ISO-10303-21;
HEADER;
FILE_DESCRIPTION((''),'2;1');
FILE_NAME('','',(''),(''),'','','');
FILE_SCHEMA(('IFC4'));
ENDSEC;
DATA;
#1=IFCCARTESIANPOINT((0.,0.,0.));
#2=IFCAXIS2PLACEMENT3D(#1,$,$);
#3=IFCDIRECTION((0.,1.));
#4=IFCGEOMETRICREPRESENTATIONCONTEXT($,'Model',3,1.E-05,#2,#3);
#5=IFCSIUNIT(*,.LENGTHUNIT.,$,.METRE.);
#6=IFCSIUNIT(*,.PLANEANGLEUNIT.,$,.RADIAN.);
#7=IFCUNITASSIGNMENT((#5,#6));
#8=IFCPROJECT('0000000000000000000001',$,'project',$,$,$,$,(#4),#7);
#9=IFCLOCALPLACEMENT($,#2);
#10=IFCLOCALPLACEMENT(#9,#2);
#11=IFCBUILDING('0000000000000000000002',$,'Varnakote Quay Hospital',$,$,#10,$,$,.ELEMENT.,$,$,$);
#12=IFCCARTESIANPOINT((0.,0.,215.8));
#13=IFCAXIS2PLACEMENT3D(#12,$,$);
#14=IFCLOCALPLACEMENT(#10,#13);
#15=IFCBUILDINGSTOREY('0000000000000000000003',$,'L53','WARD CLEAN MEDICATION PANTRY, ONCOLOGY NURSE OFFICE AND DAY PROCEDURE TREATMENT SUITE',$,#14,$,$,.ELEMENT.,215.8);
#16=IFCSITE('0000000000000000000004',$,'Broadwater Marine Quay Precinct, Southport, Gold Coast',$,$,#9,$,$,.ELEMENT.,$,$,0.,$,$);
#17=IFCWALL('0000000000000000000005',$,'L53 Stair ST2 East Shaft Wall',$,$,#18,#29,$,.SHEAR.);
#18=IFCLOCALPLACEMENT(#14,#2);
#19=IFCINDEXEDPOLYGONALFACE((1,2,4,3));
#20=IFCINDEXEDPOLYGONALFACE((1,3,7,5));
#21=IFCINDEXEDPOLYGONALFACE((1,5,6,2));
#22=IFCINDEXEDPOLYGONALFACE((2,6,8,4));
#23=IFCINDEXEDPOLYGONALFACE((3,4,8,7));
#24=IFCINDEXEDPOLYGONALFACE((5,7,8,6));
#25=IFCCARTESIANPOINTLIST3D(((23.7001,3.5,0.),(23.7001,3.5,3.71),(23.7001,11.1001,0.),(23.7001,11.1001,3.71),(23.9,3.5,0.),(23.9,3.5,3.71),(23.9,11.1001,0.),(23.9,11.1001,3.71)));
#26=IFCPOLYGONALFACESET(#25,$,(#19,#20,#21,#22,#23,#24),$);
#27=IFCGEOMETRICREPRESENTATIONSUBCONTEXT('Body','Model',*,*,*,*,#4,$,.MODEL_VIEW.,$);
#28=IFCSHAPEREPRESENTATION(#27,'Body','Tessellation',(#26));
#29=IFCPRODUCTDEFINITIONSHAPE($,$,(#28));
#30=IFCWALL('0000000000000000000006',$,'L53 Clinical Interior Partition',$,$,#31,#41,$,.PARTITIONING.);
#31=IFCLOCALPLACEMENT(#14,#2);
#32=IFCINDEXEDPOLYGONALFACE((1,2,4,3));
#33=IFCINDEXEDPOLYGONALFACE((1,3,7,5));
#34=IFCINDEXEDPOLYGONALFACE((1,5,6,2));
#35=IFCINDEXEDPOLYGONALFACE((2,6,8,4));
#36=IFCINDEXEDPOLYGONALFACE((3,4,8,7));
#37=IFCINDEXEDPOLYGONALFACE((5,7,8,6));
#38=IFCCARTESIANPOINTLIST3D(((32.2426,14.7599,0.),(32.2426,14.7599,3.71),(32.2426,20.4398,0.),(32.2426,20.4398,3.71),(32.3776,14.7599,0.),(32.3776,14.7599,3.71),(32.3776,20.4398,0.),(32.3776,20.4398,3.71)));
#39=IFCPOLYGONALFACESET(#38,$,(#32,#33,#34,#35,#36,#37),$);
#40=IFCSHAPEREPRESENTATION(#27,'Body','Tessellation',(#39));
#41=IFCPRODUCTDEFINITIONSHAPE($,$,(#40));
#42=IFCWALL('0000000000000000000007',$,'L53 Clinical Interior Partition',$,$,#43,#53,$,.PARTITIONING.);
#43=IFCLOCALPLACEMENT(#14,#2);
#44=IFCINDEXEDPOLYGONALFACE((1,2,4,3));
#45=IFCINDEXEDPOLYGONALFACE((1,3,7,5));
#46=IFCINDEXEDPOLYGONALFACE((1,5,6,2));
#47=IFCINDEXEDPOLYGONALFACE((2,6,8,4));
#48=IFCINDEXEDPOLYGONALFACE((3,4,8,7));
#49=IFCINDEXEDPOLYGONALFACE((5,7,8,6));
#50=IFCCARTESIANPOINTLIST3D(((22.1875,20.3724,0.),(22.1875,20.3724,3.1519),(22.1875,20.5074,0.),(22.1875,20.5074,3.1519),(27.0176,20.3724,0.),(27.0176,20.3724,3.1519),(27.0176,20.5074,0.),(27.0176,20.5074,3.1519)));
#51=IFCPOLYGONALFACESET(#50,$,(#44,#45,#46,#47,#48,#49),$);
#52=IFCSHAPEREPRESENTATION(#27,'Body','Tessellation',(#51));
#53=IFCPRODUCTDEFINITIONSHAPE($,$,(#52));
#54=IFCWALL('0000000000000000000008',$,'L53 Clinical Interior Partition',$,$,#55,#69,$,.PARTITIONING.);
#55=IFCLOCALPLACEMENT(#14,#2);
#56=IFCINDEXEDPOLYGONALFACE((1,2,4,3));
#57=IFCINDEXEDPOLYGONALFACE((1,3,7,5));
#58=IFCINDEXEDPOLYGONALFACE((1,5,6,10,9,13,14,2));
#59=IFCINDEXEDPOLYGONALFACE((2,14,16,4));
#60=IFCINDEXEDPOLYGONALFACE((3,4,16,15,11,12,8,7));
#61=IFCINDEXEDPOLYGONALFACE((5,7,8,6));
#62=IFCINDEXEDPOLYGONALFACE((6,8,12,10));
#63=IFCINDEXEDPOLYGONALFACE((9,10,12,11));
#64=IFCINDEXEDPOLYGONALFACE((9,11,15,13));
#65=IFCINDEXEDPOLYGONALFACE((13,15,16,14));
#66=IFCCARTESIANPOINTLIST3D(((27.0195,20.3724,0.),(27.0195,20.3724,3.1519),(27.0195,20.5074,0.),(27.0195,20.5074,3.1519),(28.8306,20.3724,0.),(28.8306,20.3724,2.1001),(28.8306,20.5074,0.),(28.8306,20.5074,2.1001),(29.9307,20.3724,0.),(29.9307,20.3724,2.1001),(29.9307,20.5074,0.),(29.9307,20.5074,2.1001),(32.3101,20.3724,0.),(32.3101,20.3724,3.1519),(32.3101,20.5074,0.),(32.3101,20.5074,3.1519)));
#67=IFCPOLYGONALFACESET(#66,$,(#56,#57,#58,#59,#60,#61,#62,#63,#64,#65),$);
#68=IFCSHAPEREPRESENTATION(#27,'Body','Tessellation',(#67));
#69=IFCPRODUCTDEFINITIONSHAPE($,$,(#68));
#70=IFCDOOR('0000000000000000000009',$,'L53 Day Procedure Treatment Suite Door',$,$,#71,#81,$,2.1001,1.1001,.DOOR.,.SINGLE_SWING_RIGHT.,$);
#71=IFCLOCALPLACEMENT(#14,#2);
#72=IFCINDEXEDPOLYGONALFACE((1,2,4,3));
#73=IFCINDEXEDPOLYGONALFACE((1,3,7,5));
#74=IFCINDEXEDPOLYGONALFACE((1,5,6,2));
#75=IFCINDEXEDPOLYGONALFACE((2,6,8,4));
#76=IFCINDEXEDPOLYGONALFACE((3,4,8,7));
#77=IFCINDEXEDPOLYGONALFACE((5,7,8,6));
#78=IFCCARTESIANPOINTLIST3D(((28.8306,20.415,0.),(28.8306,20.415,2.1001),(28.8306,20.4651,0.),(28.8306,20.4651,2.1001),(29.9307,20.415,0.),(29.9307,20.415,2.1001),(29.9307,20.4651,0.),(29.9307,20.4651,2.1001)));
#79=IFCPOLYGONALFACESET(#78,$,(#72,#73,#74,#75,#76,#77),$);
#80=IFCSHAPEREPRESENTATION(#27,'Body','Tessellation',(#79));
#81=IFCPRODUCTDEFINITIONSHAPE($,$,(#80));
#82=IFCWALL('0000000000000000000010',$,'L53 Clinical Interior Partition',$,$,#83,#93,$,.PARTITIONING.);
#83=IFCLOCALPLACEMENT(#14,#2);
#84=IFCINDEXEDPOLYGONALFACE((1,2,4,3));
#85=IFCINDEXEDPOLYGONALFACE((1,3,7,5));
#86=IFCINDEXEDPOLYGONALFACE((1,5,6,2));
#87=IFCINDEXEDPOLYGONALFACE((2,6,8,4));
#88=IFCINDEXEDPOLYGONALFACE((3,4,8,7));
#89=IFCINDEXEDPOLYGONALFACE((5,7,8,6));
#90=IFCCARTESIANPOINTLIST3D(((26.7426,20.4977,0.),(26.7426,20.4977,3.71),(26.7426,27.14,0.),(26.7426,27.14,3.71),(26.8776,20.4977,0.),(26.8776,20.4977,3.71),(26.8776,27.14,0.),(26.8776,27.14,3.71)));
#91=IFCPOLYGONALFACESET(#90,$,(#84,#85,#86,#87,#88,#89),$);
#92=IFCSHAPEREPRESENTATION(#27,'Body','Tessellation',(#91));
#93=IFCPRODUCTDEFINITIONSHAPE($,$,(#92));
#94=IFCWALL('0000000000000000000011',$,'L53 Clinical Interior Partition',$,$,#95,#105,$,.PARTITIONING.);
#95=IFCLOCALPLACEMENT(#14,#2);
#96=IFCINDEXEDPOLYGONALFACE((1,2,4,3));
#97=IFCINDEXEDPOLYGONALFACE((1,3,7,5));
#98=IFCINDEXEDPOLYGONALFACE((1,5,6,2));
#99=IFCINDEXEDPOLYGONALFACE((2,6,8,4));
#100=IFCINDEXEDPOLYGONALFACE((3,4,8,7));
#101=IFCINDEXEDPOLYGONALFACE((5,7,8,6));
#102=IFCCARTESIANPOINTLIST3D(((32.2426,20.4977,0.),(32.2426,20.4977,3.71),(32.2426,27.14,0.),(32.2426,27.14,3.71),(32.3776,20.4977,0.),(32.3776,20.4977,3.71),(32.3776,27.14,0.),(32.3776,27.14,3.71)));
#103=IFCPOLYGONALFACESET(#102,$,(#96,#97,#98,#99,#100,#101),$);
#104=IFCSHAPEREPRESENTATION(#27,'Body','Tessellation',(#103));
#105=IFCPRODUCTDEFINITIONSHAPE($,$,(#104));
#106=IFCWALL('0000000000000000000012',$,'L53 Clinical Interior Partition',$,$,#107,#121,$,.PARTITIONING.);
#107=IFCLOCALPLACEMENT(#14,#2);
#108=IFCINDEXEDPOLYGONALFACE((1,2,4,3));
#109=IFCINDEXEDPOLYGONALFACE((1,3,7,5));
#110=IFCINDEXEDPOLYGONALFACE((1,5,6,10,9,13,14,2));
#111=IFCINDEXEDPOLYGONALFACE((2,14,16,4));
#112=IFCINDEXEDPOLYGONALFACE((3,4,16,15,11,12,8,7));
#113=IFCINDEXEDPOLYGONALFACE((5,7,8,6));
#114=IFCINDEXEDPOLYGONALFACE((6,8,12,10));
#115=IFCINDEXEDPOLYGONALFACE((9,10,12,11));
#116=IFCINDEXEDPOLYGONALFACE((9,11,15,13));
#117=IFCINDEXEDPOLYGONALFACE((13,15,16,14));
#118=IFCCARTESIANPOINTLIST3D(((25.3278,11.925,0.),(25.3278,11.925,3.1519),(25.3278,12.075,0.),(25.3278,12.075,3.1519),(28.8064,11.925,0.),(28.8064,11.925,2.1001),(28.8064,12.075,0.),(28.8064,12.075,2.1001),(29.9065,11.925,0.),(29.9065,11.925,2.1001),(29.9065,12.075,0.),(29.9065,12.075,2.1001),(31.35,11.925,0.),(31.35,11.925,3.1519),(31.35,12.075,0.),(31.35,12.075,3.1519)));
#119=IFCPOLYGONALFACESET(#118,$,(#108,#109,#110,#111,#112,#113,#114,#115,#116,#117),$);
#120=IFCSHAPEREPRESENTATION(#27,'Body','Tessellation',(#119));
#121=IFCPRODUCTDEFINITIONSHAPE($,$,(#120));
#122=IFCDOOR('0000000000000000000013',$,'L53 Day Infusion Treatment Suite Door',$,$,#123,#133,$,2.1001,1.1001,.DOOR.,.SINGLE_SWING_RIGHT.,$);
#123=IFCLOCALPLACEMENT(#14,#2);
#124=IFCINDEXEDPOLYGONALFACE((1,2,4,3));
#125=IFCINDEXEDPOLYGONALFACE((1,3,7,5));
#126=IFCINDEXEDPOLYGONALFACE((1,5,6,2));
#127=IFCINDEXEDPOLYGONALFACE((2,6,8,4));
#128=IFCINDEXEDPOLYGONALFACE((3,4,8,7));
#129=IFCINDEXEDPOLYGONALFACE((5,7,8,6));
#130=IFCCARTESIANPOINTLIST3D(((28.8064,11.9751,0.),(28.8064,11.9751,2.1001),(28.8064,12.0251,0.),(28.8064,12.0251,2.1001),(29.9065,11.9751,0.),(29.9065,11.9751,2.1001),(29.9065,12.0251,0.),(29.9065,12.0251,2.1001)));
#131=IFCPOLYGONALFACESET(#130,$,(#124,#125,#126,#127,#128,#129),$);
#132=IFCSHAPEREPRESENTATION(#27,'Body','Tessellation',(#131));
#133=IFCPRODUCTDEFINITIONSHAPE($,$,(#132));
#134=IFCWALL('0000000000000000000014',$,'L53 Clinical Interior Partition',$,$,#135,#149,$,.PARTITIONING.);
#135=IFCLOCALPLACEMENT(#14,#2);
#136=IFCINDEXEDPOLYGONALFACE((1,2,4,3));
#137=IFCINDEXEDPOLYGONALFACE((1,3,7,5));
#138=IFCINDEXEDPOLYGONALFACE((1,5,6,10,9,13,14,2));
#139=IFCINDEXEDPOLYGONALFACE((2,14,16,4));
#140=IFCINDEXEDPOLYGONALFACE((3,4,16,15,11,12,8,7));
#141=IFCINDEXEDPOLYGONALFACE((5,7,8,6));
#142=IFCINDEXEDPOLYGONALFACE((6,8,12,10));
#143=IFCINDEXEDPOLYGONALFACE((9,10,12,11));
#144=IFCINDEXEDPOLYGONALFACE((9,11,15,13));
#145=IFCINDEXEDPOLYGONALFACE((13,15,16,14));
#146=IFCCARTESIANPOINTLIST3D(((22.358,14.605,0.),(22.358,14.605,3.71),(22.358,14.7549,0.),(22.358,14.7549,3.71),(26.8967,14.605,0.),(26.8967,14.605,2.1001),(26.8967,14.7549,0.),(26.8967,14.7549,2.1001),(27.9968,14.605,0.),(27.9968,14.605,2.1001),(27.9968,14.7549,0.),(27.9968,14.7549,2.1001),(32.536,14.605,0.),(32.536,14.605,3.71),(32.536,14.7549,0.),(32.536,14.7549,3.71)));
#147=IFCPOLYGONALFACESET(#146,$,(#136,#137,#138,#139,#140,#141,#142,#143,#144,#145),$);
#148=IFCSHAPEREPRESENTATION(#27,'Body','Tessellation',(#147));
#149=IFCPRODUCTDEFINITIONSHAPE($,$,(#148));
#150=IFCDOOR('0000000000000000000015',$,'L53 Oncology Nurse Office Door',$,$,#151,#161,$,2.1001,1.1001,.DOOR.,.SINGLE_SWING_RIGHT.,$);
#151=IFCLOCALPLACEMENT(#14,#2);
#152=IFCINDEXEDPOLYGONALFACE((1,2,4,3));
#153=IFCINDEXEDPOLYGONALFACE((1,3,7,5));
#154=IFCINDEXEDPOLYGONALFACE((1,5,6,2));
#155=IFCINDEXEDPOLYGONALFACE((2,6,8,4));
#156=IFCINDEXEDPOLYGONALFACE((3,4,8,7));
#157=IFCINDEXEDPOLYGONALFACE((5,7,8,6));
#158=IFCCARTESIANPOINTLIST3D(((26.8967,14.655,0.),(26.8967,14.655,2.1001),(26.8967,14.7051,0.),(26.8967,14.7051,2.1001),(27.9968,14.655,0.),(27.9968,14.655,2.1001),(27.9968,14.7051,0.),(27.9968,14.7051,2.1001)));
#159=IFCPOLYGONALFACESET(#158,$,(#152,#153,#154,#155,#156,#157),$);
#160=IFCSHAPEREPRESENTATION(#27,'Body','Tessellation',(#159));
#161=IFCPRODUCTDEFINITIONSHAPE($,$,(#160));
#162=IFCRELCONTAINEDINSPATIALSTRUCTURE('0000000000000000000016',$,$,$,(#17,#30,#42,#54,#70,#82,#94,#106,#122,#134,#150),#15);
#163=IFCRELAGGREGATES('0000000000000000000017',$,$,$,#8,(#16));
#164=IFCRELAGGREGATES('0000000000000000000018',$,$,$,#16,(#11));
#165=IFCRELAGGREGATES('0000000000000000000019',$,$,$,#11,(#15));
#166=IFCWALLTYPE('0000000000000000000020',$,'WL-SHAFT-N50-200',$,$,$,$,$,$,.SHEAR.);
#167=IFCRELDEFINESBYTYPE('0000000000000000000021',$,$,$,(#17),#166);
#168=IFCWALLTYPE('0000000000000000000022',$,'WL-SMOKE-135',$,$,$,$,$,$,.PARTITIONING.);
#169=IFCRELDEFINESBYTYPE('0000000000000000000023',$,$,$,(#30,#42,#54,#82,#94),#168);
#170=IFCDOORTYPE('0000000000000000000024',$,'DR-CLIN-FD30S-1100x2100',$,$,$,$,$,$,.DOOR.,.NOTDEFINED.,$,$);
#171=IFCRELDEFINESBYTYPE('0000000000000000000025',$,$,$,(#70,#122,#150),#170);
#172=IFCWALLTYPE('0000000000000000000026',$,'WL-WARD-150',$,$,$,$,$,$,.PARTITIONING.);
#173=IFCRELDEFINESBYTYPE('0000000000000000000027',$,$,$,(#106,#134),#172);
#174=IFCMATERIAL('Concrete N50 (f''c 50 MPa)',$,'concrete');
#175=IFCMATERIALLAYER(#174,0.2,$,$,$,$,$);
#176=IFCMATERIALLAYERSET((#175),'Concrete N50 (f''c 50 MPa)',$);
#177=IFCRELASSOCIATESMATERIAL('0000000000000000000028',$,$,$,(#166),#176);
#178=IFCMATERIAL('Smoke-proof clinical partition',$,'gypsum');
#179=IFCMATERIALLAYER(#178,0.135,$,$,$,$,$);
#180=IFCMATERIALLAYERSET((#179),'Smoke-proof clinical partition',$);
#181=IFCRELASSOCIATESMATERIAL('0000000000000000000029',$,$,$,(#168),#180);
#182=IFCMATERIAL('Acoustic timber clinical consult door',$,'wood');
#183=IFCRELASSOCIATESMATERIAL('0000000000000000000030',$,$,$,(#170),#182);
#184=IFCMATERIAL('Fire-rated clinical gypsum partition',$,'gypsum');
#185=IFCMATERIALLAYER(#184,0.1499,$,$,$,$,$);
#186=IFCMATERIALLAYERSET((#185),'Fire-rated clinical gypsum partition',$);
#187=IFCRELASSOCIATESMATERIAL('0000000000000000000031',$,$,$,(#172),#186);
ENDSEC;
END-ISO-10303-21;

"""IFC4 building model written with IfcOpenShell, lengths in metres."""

from ifc_helpers import new_model, si_unit, direction, frame, frame_2d, origin, place, context, subcontext, project, spatial, rectangle, extrude, material, layer, layer_set, type_object, element, fill, save


model = new_model("IFC4")

# Units and contexts
model_context = context("Model", 3, precision=1e-05, world=origin(), true_north=direction((0.0, 1.0)))
body_context = subcontext(model_context, "Body", "Model", "MODEL_VIEW")
ifc_project = project(units=[si_unit("LENGTHUNIT", "METRE"), si_unit("PLANEANGLEUNIT", "RADIAN")], contexts=[model_context])

# Site, building, storey
site_placement = place(None, origin())
site = spatial("IfcSite", under=ifc_project, at=site_placement, Name="Broadwater Marine Quay Precinct, Southport, Gold Coast", CompositionType="ELEMENT", RefElevation=0.0)
building_placement = place(site_placement, origin())
building = spatial("IfcBuilding", under=site, at=building_placement, Name="Varnakote Quay Hospital", CompositionType="ELEMENT")
storey_placement = place(building_placement, frame((0.0, 0.0, 215.8)))
storey = spatial("IfcBuildingStorey", under=building, at=storey_placement, Name="L53", Description="WARD CLEAN MEDICATION PANTRY, ONCOLOGY NURSE OFFICE AND DAY PROCEDURE TREATMENT SUITE", CompositionType="ELEMENT", Elevation=215.8)

# Walls
ifc_material_1 = material(Name="Concrete N50 (f'c 50 MPa)", Category="concrete")
ifc_layer_1 = layer(ifc_material_1, 0.2)
ifc_layer_set_1 = layer_set([ifc_layer_1], Name="Concrete N50 (f'c 50 MPa)")
wall_type_1 = type_object("IfcWallType", Name="WL-SHAFT-N50-200", PredefinedType="SHEAR", material=ifc_layer_set_1)
wall_1_placement = place(storey_placement, frame((23.8, 3.5, 0.0), z_axis=(0.0, 0.0, 1.0), x_axis=(0.0, 1.0, 0.0)))
element("IfcWall", 1, at=wall_1_placement, inside=storey, type_object=wall_type_1, Name="L53 Stair ST2 East Shaft Wall", PredefinedType="SHEAR", context=body_context, shape_type="SweptSolid", body=[
    extrude(rectangle(XDim=7.6001, YDim=0.2, at=frame_2d((3.8, 0.0))), origin(), (0.0, 0.0, 1.0), 3.71),
])
ifc_material_2 = material(Name="Smoke-proof clinical partition", Category="gypsum")
ifc_layer_2 = layer(ifc_material_2, 0.135)
ifc_layer_set_2 = layer_set([ifc_layer_2], Name="Smoke-proof clinical partition")
wall_type_2 = type_object("IfcWallType", Name="WL-SMOKE-135", PredefinedType="PARTITIONING", material=ifc_layer_set_2)
wall_2_placement = place(storey_placement, frame((32.3101, 14.76, 0.0), z_axis=(0.0, 0.0, 1.0), x_axis=(0.0, 1.0, 0.0)))
element("IfcWall", 2, at=wall_2_placement, inside=storey, type_object=wall_type_2, Name="L53 Clinical Interior Partition", PredefinedType="PARTITIONING", context=body_context, shape_type="SweptSolid", body=[
    extrude(rectangle(XDim=5.6799, YDim=0.135, at=frame_2d((2.8398, 0.0))), origin(), (0.0, 0.0, 1.0), 3.71),
])
wall_3_placement = place(storey_placement, frame((27.0176, 20.4399, 0.0), z_axis=(0.0, 0.0, 1.0), x_axis=(-1.0, 0.0, 0.0)))
element("IfcWall", 3, at=wall_3_placement, inside=storey, type_object=wall_type_2, Name="L53 Clinical Interior Partition", PredefinedType="PARTITIONING", context=body_context, shape_type="SweptSolid", body=[
    extrude(rectangle(XDim=4.8301, YDim=0.135, at=frame_2d((2.415, 0.0))), origin(), (0.0, 0.0, 1.0), 3.1519),
])

# Wall, opening, door
wall_4_placement = place(storey_placement, frame((32.3101, 20.4399, 0.0), z_axis=(0.0, 0.0, 1.0), x_axis=(-1.0, 0.0, 0.0)))
wall_4 = element("IfcWall", 4, at=wall_4_placement, inside=storey, type_object=wall_type_2, Name="L53 Clinical Interior Partition", PredefinedType="PARTITIONING", context=body_context, shape_type="SweptSolid", body=[
    extrude(rectangle(XDim=5.2905, YDim=0.135, at=frame_2d((2.6453, 0.0))), origin(), (0.0, 0.0, 1.0), 3.1519),
])
opening_1_placement = place(wall_4_placement, frame((2.3794, 0.0, 0.0)))
opening_1 = element("IfcOpeningElement", 5, at=opening_1_placement, cuts=wall_4, PredefinedType="OPENING", context=body_context, shape_type="SweptSolid", body=[
    extrude(rectangle(XDim=1.1001, YDim=2.1001, at=frame_2d((0.55, 1.05))), frame((0.0, 0.0774, 0.0), z_axis=(0.0, -1.0, 0.0), x_axis=(1.0, 0.0, 0.0)), (0.0, 0.0, 1.0), 0.155),
])
ifc_material_3 = material(Name="Acoustic timber clinical consult door", Category="wood")
door_type = type_object("IfcDoorType", Name="DR-CLIN-FD30S-1100x2100", OperationType="NOTDEFINED", PredefinedType="DOOR", material=ifc_material_3)
door_1_placement = place(opening_1_placement, origin())
door_1 = element("IfcDoor", 6, at=door_1_placement, inside=storey, type_object=door_type, Name="L53 Day Procedure Treatment Suite Door", OperationType="SINGLE_SWING_RIGHT", OverallHeight=2.1001, OverallWidth=1.1001, PredefinedType="DOOR", context=body_context, shape_type="SweptSolid", body=[
    extrude(rectangle(XDim=1.1001, YDim=2.1001, at=frame_2d((0.55, 1.05))), frame((0.0, 0.0249, 0.0), z_axis=(0.0, -1.0, 0.0), x_axis=(1.0, 0.0, 0.0)), (0.0, 0.0, 1.0), 0.05),
])
fill(opening_1, door_1)

# Walls
for number, where, z_axis, x_axis, name in (
    (7, (26.8101, 20.4976, 0.0), (0.0, 0.0, 1.0), (0.0, 1.0, 0.0), "L53 Clinical Interior Partition"),
    (8, (32.3101, 20.4976, 0.0), (0.0, 0.0, 1.0), (0.0, 1.0, 0.0), "L53 Clinical Interior Partition"),
):
    element("IfcWall", number, at=place(storey_placement, frame(where, z_axis=z_axis, x_axis=x_axis)), inside=storey, type_object=wall_type_2, Name=name, PredefinedType="PARTITIONING", context=body_context, shape_type="SweptSolid", body=[
        extrude(rectangle(XDim=6.6423, YDim=0.135, at=frame_2d((3.3213, 0.0))), origin(), (0.0, 0.0, 1.0), 3.71),
    ])

# Walls, openings, doors
ifc_material_4 = material(Name="Fire-rated clinical gypsum partition", Category="gypsum")
ifc_layer_3 = layer(ifc_material_4, 0.1499)
ifc_layer_set_3 = layer_set([ifc_layer_3], Name="Fire-rated clinical gypsum partition")
wall_type_3 = type_object("IfcWallType", Name="WL-WARD-150", PredefinedType="PARTITIONING", material=ifc_layer_set_3)
wall_5_placement = place(storey_placement, frame((31.3501, 12.0, 0.0), z_axis=(0.0, 0.0, 1.0), x_axis=(-1.0, 0.0, 0.0)))
wall_5 = element("IfcWall", 9, at=wall_5_placement, inside=storey, type_object=wall_type_3, Name="L53 Clinical Interior Partition", PredefinedType="PARTITIONING", context=body_context, shape_type="SweptSolid", body=[
    extrude(rectangle(XDim=6.0222, YDim=0.1499, at=frame_2d((3.0112, 0.0))), origin(), (0.0, 0.0, 1.0), 3.1519),
])
opening_2_placement = place(wall_5_placement, frame((1.4436, 0.0, 0.0)))
opening_2 = element("IfcOpeningElement", 10, at=opening_2_placement, cuts=wall_5, PredefinedType="OPENING", context=body_context, shape_type="SweptSolid", body=[
    extrude(rectangle(XDim=1.1001, YDim=2.1001, at=frame_2d((0.55, 1.05))), frame((0.0, 0.085, 0.0), z_axis=(0.0, -1.0, 0.0), x_axis=(1.0, 0.0, 0.0)), (0.0, 0.0, 1.0), 0.1699),
])
door_2_placement = place(opening_2_placement, origin())
door_2 = element("IfcDoor", 11, at=door_2_placement, inside=storey, type_object=door_type, Name="L53 Day Infusion Treatment Suite Door", OperationType="SINGLE_SWING_RIGHT", OverallHeight=2.1001, OverallWidth=1.1001, PredefinedType="DOOR", context=body_context, shape_type="SweptSolid", body=[
    extrude(rectangle(XDim=1.1001, YDim=2.1001, at=frame_2d((0.55, 1.05))), frame((0.0, 0.0249, 0.0), z_axis=(0.0, -1.0, 0.0), x_axis=(1.0, 0.0, 0.0)), (0.0, 0.0, 1.0), 0.05),
])
fill(opening_2, door_2)
wall_6_placement = place(storey_placement, frame((32.5359, 14.6799, 0.0), z_axis=(0.0, 0.0, 1.0), x_axis=(-1.0, 0.0, 0.0)))
wall_6 = element("IfcWall", 12, at=wall_6_placement, inside=storey, type_object=wall_type_3, Name="L53 Clinical Interior Partition", PredefinedType="PARTITIONING", context=body_context, shape_type="SweptSolid", body=[
    extrude(rectangle(XDim=10.178, YDim=0.1499, at=frame_2d((5.0889, 0.0))), origin(), (0.0, 0.0, 1.0), 3.71),
])
opening_3_placement = place(wall_6_placement, frame((4.5391, 0.0, 0.0)))
opening_3 = element("IfcOpeningElement", 13, at=opening_3_placement, cuts=wall_6, PredefinedType="OPENING", context=body_context, shape_type="SweptSolid", body=[
    extrude(rectangle(XDim=1.1001, YDim=2.1001, at=frame_2d((0.55, 1.05))), frame((0.0, 0.085, 0.0), z_axis=(0.0, -1.0, 0.0), x_axis=(1.0, 0.0, 0.0)), (0.0, 0.0, 1.0), 0.1699),
])
door_3_placement = place(opening_3_placement, origin())
door_3 = element("IfcDoor", 14, at=door_3_placement, inside=storey, type_object=door_type, Name="L53 Oncology Nurse Office Door", OperationType="SINGLE_SWING_RIGHT", OverallHeight=2.1001, OverallWidth=1.1001, PredefinedType="DOOR", context=body_context, shape_type="SweptSolid", body=[
    extrude(rectangle(XDim=1.1001, YDim=2.1001, at=frame_2d((0.55, 1.05))), frame((0.0, 0.0249, 0.0), z_axis=(0.0, -1.0, 0.0), x_axis=(1.0, 0.0, 0.0)), (0.0, 0.0, 1.0), 0.05),
])
fill(opening_3, door_3)

save(model, "model.ifc")
